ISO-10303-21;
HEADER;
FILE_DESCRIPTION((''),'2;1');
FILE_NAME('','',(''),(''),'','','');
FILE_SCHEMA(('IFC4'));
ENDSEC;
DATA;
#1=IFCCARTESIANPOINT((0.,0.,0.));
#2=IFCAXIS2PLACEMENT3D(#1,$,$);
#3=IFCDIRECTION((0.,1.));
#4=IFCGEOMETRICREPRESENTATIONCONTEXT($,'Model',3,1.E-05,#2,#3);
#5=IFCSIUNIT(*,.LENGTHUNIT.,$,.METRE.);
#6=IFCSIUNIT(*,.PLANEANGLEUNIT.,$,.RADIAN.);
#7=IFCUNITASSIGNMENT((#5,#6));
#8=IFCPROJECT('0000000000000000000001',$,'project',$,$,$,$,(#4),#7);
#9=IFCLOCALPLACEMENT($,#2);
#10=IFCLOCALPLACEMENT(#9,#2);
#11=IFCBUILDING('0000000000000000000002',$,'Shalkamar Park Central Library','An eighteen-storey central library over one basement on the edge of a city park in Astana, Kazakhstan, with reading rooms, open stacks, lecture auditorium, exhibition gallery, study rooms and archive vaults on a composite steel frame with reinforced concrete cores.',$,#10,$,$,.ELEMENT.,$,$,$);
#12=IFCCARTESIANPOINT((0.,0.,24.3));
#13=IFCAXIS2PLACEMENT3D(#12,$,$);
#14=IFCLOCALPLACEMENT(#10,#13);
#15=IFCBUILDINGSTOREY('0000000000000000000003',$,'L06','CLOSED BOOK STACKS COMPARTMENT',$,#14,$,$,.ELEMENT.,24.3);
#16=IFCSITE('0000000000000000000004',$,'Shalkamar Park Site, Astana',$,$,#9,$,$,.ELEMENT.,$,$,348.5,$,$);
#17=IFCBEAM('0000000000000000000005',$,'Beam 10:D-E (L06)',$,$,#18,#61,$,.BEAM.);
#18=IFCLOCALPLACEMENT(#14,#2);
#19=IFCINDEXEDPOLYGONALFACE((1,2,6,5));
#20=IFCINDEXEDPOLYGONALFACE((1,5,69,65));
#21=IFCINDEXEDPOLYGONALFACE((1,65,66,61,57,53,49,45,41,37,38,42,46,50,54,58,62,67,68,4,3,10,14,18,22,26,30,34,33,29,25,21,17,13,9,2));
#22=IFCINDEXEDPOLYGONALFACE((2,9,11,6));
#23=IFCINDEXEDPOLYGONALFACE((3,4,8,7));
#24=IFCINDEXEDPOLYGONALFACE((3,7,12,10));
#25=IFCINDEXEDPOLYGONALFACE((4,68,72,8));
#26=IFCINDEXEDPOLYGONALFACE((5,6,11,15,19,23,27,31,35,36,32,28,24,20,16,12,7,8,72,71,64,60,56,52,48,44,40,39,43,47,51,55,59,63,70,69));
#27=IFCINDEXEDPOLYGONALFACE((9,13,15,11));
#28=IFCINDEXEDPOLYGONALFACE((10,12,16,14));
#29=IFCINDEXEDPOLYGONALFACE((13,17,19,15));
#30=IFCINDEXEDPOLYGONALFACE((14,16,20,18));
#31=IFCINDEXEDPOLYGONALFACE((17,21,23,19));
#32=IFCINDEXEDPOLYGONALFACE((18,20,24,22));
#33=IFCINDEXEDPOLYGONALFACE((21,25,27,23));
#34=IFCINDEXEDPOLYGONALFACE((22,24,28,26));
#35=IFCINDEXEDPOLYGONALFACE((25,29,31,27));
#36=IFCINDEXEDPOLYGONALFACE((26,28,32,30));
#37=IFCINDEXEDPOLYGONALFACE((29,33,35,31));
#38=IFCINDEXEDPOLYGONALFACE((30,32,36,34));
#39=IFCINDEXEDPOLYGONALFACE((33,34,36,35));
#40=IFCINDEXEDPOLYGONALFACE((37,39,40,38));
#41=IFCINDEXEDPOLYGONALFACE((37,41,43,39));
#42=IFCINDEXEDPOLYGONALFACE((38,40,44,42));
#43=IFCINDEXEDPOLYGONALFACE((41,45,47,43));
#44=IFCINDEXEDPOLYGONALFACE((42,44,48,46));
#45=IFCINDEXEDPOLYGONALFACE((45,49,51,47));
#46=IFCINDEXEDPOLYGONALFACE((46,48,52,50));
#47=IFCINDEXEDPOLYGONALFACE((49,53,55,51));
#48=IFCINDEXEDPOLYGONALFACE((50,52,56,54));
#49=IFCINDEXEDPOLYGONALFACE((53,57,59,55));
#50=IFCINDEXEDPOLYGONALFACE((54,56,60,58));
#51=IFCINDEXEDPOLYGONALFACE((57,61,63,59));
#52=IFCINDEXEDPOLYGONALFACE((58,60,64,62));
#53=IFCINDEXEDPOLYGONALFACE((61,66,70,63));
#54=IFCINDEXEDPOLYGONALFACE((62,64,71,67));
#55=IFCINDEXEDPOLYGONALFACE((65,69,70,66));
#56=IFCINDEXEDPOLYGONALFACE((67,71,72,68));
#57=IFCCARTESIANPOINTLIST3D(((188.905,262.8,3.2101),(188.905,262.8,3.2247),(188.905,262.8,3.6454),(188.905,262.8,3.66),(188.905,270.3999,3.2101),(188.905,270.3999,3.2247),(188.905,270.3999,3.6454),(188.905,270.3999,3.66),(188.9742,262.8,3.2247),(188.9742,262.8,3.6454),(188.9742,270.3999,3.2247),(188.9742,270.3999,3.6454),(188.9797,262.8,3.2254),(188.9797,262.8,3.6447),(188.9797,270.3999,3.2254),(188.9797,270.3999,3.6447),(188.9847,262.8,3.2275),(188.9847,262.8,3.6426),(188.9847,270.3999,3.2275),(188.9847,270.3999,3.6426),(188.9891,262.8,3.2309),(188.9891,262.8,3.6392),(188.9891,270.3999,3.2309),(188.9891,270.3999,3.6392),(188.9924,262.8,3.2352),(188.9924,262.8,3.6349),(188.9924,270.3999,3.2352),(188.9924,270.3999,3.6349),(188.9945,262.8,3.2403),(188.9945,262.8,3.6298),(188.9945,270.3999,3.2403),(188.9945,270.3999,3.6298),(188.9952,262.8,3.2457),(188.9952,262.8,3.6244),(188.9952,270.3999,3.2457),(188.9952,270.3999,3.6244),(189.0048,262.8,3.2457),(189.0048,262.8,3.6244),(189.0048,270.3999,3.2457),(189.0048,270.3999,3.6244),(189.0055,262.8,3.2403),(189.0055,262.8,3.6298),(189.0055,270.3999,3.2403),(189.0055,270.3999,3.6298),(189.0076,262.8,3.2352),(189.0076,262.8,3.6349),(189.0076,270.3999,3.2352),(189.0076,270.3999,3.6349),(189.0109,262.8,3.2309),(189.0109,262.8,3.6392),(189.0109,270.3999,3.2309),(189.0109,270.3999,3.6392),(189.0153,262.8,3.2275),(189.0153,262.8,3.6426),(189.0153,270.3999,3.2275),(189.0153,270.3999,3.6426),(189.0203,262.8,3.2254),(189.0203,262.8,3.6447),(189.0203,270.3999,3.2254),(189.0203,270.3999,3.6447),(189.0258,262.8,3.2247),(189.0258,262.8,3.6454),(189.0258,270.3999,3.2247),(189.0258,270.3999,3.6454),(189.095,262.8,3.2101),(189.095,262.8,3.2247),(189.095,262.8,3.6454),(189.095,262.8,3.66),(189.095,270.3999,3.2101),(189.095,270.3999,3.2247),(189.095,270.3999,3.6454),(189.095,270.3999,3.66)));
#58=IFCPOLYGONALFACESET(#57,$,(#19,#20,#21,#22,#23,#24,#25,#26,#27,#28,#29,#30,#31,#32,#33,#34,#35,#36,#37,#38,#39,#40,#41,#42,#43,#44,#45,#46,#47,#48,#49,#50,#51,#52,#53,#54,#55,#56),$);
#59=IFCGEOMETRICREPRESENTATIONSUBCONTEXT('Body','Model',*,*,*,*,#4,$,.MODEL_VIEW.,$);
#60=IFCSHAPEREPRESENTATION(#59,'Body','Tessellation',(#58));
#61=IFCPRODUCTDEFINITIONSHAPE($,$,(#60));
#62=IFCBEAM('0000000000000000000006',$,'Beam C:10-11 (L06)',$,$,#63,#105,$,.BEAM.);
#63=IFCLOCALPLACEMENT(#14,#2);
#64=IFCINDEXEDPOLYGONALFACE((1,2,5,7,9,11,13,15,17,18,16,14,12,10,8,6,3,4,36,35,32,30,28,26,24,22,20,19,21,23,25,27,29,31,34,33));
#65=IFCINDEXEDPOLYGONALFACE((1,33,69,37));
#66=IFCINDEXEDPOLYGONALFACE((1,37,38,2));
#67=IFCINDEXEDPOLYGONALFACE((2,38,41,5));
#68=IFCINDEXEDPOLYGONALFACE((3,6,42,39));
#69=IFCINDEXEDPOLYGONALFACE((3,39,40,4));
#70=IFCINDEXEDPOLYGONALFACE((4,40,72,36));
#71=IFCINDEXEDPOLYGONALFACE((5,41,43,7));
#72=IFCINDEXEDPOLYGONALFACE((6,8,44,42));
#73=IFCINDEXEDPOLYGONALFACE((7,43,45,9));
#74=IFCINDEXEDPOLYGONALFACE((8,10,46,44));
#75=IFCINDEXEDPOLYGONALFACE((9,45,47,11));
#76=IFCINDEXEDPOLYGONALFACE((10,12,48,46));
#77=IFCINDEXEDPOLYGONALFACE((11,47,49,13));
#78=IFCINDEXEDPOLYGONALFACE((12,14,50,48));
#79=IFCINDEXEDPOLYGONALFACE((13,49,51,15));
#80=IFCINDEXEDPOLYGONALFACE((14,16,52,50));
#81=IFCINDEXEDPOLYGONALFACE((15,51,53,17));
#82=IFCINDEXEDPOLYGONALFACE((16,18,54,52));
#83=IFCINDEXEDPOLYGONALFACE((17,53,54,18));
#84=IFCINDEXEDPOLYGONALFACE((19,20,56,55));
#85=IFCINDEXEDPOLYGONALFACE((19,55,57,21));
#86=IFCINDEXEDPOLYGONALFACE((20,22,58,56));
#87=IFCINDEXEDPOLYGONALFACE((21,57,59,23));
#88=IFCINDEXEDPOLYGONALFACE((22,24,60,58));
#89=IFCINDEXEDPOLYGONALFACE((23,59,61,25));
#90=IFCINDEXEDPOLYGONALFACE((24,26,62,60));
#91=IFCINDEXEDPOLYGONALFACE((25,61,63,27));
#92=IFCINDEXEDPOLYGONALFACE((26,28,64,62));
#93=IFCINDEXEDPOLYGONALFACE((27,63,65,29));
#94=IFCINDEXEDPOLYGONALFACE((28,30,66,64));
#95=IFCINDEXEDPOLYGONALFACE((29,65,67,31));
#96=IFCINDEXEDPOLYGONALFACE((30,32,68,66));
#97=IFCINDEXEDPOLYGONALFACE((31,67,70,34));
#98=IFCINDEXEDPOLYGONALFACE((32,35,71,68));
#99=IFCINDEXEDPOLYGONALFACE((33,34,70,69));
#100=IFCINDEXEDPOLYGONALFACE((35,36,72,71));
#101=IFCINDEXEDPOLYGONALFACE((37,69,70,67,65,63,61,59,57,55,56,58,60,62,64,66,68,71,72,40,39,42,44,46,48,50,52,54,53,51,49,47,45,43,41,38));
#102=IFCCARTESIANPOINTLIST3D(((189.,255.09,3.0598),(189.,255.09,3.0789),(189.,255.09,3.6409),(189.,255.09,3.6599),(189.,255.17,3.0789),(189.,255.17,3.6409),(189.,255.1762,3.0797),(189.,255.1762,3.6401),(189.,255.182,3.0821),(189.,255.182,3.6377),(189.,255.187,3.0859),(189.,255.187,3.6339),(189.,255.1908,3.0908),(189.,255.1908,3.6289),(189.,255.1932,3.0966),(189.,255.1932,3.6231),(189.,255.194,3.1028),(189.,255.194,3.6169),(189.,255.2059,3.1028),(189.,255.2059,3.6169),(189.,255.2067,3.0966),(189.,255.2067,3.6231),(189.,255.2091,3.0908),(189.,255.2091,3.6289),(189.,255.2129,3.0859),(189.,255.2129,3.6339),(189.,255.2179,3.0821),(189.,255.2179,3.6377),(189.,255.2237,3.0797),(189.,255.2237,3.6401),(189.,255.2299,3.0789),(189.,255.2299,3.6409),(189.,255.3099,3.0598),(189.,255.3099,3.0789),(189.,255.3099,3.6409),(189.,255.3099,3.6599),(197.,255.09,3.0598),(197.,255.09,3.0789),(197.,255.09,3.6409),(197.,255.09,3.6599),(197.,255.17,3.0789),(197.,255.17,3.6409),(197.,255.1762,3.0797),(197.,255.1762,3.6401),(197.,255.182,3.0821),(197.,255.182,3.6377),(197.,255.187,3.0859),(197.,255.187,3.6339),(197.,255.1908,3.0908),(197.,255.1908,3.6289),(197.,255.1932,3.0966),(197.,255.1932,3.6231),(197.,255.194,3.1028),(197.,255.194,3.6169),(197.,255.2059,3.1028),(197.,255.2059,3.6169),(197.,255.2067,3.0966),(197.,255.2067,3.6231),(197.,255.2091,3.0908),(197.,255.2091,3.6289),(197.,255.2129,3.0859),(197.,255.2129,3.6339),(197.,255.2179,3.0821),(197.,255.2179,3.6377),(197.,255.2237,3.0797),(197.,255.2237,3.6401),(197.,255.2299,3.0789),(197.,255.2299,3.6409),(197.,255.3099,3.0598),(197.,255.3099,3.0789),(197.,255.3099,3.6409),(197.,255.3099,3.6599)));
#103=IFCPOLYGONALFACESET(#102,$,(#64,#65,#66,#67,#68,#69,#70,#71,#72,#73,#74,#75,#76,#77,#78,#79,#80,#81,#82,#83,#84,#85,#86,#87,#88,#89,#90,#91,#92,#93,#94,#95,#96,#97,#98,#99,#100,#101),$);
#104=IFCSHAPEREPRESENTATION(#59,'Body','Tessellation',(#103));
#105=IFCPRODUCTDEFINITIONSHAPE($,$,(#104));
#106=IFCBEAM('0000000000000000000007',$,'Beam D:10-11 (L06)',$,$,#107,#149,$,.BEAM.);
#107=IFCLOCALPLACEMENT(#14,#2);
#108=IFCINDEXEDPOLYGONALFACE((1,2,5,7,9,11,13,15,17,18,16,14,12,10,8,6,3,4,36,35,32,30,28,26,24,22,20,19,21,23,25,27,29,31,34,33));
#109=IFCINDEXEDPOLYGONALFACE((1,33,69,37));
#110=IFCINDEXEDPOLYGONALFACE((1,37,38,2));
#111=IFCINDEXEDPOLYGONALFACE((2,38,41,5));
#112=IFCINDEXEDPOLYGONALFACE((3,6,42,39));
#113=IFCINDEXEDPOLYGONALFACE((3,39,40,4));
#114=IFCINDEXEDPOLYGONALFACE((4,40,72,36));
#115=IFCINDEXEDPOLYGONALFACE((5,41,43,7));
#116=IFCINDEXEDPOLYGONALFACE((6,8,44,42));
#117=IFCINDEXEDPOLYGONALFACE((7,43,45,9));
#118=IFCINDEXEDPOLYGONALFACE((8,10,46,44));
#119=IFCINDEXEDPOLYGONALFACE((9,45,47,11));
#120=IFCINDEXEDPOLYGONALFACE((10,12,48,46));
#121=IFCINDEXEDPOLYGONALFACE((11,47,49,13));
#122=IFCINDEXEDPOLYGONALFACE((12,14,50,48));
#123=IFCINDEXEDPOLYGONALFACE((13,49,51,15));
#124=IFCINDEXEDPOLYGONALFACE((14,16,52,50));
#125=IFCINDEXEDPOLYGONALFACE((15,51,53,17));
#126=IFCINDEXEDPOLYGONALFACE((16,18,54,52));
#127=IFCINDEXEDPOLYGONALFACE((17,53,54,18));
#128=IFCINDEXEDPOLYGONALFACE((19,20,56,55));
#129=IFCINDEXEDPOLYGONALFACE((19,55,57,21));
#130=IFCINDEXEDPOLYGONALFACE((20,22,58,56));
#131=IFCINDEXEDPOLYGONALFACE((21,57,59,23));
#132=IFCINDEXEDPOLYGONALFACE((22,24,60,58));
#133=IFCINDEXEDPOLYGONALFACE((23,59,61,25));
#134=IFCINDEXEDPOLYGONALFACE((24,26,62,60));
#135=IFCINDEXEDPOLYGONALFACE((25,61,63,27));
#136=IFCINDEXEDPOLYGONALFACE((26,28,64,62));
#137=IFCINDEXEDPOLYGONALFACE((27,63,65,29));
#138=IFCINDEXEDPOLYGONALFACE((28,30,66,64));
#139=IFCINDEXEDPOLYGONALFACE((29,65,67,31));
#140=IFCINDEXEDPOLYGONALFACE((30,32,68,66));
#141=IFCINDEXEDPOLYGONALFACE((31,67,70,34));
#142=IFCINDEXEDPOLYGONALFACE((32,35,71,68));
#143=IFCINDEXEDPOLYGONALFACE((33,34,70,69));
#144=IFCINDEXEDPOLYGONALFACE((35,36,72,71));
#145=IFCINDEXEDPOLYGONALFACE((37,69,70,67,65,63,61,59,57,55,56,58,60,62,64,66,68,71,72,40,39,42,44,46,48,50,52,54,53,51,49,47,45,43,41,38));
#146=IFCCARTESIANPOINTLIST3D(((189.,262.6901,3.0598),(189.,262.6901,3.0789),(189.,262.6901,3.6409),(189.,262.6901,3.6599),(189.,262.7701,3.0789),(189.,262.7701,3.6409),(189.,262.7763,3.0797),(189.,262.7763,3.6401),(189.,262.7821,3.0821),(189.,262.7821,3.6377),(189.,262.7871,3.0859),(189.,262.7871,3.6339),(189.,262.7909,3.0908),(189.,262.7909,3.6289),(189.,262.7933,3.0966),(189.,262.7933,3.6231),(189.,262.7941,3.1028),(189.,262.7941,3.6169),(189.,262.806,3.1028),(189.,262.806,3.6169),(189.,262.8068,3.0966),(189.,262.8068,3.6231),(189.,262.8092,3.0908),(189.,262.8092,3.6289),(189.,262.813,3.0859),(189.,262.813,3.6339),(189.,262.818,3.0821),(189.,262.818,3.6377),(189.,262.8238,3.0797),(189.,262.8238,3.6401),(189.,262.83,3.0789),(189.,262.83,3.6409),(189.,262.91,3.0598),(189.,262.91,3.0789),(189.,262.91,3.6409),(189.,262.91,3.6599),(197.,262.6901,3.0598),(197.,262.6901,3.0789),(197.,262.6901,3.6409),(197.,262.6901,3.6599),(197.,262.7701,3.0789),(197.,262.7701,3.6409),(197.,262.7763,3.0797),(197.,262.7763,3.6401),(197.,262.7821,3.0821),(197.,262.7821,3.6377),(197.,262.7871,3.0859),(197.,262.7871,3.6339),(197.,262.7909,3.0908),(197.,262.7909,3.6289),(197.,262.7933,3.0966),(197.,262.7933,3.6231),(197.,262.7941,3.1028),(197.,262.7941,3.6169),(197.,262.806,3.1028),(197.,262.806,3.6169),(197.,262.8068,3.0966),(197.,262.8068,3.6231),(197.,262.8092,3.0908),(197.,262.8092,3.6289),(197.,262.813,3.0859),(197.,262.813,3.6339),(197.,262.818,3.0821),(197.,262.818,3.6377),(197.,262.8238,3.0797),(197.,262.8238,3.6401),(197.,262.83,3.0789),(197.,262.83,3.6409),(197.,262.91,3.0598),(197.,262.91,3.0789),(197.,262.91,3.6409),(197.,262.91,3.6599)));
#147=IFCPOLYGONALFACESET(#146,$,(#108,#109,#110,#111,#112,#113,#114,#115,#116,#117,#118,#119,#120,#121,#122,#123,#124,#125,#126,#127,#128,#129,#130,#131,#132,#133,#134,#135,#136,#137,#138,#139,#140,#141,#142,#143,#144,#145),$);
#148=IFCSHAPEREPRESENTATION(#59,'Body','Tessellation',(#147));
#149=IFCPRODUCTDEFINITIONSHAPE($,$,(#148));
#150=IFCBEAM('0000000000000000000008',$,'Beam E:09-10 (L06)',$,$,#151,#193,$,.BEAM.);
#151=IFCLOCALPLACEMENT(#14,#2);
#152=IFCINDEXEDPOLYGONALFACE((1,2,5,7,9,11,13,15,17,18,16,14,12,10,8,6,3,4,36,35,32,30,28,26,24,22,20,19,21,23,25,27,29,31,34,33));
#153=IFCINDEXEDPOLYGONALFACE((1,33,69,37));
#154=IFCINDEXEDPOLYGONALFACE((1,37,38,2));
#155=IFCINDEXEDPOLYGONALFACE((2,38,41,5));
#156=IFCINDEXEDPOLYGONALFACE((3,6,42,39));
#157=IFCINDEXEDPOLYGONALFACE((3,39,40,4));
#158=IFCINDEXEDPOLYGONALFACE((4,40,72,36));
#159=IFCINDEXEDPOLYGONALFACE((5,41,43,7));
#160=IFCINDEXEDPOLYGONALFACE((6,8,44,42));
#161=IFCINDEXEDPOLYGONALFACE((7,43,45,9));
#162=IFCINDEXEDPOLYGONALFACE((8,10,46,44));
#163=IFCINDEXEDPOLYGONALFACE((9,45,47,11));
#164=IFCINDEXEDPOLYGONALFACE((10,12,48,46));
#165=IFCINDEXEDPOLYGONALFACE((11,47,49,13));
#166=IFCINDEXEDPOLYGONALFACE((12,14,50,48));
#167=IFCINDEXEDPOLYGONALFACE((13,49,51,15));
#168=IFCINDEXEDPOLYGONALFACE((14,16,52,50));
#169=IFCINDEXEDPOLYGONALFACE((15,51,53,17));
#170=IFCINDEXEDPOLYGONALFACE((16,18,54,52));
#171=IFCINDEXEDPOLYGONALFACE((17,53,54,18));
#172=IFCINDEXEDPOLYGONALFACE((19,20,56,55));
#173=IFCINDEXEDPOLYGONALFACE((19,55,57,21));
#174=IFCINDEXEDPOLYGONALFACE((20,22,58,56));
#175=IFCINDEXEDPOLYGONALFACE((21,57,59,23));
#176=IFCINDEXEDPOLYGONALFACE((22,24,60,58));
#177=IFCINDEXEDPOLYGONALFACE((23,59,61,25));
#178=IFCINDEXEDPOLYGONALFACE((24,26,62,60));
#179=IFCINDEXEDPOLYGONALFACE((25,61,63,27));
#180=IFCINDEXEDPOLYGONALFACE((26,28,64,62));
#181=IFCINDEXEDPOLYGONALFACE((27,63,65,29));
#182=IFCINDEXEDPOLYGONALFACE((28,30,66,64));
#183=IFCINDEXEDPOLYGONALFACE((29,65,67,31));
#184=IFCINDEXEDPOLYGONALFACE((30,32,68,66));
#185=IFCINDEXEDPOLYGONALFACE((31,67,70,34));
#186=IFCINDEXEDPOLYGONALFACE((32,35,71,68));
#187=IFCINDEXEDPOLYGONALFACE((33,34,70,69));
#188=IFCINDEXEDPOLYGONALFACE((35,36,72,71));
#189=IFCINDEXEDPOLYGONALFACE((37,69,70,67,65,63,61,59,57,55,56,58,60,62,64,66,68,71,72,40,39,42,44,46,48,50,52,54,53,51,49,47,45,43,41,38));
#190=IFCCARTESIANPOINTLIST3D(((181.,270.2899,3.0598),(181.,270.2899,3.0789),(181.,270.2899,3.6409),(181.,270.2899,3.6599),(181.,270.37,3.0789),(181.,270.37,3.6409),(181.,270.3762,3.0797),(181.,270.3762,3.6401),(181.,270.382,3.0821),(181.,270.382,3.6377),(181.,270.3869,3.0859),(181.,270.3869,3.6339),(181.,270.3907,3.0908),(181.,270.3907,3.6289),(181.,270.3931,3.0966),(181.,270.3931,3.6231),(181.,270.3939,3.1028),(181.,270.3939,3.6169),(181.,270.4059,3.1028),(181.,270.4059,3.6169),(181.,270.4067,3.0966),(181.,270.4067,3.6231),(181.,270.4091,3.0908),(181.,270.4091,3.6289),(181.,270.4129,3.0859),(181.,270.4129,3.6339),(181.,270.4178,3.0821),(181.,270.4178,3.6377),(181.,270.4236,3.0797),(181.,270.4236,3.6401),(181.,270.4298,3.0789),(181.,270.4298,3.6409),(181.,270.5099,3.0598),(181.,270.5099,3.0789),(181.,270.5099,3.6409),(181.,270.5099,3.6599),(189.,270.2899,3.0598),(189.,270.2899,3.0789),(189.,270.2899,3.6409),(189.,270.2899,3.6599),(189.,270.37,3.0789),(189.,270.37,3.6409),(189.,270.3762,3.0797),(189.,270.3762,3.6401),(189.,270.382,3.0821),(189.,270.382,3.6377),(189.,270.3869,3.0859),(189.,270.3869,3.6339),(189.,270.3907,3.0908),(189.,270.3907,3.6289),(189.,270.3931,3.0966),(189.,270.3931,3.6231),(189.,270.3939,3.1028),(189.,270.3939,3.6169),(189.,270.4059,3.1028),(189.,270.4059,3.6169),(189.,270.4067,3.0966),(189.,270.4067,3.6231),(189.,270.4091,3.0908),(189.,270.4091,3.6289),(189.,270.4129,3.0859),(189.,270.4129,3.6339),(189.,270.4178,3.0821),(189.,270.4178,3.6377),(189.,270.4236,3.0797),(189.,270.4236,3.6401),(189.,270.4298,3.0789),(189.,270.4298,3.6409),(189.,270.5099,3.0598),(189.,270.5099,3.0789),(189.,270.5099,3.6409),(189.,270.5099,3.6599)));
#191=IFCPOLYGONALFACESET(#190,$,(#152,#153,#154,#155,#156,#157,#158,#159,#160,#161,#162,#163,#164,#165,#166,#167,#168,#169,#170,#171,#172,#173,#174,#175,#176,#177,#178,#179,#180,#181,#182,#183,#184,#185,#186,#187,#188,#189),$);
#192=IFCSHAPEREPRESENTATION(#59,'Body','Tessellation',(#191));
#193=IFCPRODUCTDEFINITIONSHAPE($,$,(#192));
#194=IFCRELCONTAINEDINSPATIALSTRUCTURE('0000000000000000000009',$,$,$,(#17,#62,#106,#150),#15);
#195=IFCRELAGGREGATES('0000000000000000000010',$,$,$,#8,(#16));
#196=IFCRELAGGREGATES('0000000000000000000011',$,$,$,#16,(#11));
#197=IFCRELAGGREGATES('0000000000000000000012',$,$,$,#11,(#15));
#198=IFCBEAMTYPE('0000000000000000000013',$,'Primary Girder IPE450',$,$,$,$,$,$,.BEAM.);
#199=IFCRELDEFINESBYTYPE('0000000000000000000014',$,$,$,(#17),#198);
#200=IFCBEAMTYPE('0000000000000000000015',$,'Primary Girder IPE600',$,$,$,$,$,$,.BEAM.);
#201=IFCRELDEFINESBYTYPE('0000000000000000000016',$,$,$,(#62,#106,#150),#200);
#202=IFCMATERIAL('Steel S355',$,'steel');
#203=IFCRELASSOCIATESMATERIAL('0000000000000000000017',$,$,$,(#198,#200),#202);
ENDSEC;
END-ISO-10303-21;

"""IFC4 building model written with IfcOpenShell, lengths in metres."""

from ifc_helpers import new_model, si_unit, direction, frame, origin, origin_2d, place, context, subcontext, project, spatial, i_section, extrude, material, material_profile, profile_set, type_object, element, save


model = new_model("IFC4")

# Units and contexts
model_context = context("Model", 3, precision=1e-05, world=origin(), true_north=direction((0.0, 1.0)))
body_context = subcontext(model_context, "Body", "Model", "MODEL_VIEW")
ifc_project = project(units=[si_unit("LENGTHUNIT", "METRE"), si_unit("PLANEANGLEUNIT", "RADIAN")], contexts=[model_context])

# Site, building, storey
site_placement = place(None, origin())
site = spatial("IfcSite", under=ifc_project, at=site_placement, Name="Shalkamar Park Site, Astana", CompositionType="ELEMENT", RefElevation=348.5)
building_placement = place(site_placement, origin())
building = spatial("IfcBuilding", under=site, at=building_placement, Name="Shalkamar Park Central Library", Description="An eighteen-storey central library over one basement on the edge of a city park in Astana, Kazakhstan, with reading rooms, open stacks, lecture auditorium, exhibition gallery, study rooms and archive vaults on a composite steel frame with reinforced concrete cores.", CompositionType="ELEMENT")
storey_placement = place(building_placement, frame((0.0, 0.0, 24.3)))
storey = spatial("IfcBuildingStorey", under=building, at=storey_placement, Name="L06", Description="CLOSED BOOK STACKS COMPARTMENT", CompositionType="ELEMENT", Elevation=24.3)

# Shared definitions
ifc_material_1 = material(Name="Steel S355", Category="steel")

# Beams
ifc_material_profile_1 = material_profile(ifc_material_1, i_section(OverallWidth=0.1899, OverallDepth=0.45, WebThickness=0.0095, FlangeThickness=0.0146, FilletRadius=0.021, at=origin_2d()), Name="IPE 450")
ifc_profile_set_1 = profile_set([ifc_material_profile_1], Name="Steel S355")
beam_type_1 = type_object("IfcBeamType", Name="Primary Girder IPE450", PredefinedType="BEAM", material=ifc_profile_set_1)
beam_1_placement = place(storey_placement, frame((189.0, 262.8, 3.4351), z_axis=(0.0, 1.0, 0.0), x_axis=(-1.0, 0.0, 0.0)))
element("IfcBeam", 1, at=beam_1_placement, inside=storey, type_object=beam_type_1, Name="Beam 10:D-E (L06)", PredefinedType="BEAM", context=body_context, shape_type="SweptSolid", body=[
    extrude(i_section(OverallWidth=0.1899, OverallDepth=0.45, WebThickness=0.0095, FlangeThickness=0.0146, FilletRadius=0.021, at=origin_2d()), origin(), (0.0, 0.0, 1.0), 7.5999),
])
ifc_material_profile_2 = material_profile(ifc_material_1, i_section(OverallWidth=0.22, OverallDepth=0.6001, WebThickness=0.012, FlangeThickness=0.019, FilletRadius=0.0239, at=origin_2d()), Name="IPE 600")
ifc_profile_set_2 = profile_set([ifc_material_profile_2], Name="Steel S355")
beam_type_2 = type_object("IfcBeamType", Name="Primary Girder IPE600", PredefinedType="BEAM", material=ifc_profile_set_2)
for number, where, z_axis, x_axis, name in (
    (2, (189.0, 255.2, 3.3599), (1.0, 0.0, 0.0), (0.0, 1.0, 0.0), "Beam C:10-11 (L06)"),
    (3, (189.0, 262.8, 3.3599), (1.0, 0.0, 0.0), (0.0, 1.0, 0.0), "Beam D:10-11 (L06)"),
    (4, (181.0, 270.3999, 3.3599), (1.0, 0.0, 0.0), (0.0, 1.0, 0.0), "Beam E:09-10 (L06)"),
):
    element("IfcBeam", number, at=place(storey_placement, frame(where, z_axis=z_axis, x_axis=x_axis)), inside=storey, type_object=beam_type_2, Name=name, PredefinedType="BEAM", context=body_context, shape_type="SweptSolid", body=[
        extrude(i_section(OverallWidth=0.22, OverallDepth=0.6001, WebThickness=0.012, FlangeThickness=0.019, FilletRadius=0.0239, at=origin_2d()), origin(), (0.0, 0.0, 1.0), 8.0),
    ])

save(model, "model.ifc")
